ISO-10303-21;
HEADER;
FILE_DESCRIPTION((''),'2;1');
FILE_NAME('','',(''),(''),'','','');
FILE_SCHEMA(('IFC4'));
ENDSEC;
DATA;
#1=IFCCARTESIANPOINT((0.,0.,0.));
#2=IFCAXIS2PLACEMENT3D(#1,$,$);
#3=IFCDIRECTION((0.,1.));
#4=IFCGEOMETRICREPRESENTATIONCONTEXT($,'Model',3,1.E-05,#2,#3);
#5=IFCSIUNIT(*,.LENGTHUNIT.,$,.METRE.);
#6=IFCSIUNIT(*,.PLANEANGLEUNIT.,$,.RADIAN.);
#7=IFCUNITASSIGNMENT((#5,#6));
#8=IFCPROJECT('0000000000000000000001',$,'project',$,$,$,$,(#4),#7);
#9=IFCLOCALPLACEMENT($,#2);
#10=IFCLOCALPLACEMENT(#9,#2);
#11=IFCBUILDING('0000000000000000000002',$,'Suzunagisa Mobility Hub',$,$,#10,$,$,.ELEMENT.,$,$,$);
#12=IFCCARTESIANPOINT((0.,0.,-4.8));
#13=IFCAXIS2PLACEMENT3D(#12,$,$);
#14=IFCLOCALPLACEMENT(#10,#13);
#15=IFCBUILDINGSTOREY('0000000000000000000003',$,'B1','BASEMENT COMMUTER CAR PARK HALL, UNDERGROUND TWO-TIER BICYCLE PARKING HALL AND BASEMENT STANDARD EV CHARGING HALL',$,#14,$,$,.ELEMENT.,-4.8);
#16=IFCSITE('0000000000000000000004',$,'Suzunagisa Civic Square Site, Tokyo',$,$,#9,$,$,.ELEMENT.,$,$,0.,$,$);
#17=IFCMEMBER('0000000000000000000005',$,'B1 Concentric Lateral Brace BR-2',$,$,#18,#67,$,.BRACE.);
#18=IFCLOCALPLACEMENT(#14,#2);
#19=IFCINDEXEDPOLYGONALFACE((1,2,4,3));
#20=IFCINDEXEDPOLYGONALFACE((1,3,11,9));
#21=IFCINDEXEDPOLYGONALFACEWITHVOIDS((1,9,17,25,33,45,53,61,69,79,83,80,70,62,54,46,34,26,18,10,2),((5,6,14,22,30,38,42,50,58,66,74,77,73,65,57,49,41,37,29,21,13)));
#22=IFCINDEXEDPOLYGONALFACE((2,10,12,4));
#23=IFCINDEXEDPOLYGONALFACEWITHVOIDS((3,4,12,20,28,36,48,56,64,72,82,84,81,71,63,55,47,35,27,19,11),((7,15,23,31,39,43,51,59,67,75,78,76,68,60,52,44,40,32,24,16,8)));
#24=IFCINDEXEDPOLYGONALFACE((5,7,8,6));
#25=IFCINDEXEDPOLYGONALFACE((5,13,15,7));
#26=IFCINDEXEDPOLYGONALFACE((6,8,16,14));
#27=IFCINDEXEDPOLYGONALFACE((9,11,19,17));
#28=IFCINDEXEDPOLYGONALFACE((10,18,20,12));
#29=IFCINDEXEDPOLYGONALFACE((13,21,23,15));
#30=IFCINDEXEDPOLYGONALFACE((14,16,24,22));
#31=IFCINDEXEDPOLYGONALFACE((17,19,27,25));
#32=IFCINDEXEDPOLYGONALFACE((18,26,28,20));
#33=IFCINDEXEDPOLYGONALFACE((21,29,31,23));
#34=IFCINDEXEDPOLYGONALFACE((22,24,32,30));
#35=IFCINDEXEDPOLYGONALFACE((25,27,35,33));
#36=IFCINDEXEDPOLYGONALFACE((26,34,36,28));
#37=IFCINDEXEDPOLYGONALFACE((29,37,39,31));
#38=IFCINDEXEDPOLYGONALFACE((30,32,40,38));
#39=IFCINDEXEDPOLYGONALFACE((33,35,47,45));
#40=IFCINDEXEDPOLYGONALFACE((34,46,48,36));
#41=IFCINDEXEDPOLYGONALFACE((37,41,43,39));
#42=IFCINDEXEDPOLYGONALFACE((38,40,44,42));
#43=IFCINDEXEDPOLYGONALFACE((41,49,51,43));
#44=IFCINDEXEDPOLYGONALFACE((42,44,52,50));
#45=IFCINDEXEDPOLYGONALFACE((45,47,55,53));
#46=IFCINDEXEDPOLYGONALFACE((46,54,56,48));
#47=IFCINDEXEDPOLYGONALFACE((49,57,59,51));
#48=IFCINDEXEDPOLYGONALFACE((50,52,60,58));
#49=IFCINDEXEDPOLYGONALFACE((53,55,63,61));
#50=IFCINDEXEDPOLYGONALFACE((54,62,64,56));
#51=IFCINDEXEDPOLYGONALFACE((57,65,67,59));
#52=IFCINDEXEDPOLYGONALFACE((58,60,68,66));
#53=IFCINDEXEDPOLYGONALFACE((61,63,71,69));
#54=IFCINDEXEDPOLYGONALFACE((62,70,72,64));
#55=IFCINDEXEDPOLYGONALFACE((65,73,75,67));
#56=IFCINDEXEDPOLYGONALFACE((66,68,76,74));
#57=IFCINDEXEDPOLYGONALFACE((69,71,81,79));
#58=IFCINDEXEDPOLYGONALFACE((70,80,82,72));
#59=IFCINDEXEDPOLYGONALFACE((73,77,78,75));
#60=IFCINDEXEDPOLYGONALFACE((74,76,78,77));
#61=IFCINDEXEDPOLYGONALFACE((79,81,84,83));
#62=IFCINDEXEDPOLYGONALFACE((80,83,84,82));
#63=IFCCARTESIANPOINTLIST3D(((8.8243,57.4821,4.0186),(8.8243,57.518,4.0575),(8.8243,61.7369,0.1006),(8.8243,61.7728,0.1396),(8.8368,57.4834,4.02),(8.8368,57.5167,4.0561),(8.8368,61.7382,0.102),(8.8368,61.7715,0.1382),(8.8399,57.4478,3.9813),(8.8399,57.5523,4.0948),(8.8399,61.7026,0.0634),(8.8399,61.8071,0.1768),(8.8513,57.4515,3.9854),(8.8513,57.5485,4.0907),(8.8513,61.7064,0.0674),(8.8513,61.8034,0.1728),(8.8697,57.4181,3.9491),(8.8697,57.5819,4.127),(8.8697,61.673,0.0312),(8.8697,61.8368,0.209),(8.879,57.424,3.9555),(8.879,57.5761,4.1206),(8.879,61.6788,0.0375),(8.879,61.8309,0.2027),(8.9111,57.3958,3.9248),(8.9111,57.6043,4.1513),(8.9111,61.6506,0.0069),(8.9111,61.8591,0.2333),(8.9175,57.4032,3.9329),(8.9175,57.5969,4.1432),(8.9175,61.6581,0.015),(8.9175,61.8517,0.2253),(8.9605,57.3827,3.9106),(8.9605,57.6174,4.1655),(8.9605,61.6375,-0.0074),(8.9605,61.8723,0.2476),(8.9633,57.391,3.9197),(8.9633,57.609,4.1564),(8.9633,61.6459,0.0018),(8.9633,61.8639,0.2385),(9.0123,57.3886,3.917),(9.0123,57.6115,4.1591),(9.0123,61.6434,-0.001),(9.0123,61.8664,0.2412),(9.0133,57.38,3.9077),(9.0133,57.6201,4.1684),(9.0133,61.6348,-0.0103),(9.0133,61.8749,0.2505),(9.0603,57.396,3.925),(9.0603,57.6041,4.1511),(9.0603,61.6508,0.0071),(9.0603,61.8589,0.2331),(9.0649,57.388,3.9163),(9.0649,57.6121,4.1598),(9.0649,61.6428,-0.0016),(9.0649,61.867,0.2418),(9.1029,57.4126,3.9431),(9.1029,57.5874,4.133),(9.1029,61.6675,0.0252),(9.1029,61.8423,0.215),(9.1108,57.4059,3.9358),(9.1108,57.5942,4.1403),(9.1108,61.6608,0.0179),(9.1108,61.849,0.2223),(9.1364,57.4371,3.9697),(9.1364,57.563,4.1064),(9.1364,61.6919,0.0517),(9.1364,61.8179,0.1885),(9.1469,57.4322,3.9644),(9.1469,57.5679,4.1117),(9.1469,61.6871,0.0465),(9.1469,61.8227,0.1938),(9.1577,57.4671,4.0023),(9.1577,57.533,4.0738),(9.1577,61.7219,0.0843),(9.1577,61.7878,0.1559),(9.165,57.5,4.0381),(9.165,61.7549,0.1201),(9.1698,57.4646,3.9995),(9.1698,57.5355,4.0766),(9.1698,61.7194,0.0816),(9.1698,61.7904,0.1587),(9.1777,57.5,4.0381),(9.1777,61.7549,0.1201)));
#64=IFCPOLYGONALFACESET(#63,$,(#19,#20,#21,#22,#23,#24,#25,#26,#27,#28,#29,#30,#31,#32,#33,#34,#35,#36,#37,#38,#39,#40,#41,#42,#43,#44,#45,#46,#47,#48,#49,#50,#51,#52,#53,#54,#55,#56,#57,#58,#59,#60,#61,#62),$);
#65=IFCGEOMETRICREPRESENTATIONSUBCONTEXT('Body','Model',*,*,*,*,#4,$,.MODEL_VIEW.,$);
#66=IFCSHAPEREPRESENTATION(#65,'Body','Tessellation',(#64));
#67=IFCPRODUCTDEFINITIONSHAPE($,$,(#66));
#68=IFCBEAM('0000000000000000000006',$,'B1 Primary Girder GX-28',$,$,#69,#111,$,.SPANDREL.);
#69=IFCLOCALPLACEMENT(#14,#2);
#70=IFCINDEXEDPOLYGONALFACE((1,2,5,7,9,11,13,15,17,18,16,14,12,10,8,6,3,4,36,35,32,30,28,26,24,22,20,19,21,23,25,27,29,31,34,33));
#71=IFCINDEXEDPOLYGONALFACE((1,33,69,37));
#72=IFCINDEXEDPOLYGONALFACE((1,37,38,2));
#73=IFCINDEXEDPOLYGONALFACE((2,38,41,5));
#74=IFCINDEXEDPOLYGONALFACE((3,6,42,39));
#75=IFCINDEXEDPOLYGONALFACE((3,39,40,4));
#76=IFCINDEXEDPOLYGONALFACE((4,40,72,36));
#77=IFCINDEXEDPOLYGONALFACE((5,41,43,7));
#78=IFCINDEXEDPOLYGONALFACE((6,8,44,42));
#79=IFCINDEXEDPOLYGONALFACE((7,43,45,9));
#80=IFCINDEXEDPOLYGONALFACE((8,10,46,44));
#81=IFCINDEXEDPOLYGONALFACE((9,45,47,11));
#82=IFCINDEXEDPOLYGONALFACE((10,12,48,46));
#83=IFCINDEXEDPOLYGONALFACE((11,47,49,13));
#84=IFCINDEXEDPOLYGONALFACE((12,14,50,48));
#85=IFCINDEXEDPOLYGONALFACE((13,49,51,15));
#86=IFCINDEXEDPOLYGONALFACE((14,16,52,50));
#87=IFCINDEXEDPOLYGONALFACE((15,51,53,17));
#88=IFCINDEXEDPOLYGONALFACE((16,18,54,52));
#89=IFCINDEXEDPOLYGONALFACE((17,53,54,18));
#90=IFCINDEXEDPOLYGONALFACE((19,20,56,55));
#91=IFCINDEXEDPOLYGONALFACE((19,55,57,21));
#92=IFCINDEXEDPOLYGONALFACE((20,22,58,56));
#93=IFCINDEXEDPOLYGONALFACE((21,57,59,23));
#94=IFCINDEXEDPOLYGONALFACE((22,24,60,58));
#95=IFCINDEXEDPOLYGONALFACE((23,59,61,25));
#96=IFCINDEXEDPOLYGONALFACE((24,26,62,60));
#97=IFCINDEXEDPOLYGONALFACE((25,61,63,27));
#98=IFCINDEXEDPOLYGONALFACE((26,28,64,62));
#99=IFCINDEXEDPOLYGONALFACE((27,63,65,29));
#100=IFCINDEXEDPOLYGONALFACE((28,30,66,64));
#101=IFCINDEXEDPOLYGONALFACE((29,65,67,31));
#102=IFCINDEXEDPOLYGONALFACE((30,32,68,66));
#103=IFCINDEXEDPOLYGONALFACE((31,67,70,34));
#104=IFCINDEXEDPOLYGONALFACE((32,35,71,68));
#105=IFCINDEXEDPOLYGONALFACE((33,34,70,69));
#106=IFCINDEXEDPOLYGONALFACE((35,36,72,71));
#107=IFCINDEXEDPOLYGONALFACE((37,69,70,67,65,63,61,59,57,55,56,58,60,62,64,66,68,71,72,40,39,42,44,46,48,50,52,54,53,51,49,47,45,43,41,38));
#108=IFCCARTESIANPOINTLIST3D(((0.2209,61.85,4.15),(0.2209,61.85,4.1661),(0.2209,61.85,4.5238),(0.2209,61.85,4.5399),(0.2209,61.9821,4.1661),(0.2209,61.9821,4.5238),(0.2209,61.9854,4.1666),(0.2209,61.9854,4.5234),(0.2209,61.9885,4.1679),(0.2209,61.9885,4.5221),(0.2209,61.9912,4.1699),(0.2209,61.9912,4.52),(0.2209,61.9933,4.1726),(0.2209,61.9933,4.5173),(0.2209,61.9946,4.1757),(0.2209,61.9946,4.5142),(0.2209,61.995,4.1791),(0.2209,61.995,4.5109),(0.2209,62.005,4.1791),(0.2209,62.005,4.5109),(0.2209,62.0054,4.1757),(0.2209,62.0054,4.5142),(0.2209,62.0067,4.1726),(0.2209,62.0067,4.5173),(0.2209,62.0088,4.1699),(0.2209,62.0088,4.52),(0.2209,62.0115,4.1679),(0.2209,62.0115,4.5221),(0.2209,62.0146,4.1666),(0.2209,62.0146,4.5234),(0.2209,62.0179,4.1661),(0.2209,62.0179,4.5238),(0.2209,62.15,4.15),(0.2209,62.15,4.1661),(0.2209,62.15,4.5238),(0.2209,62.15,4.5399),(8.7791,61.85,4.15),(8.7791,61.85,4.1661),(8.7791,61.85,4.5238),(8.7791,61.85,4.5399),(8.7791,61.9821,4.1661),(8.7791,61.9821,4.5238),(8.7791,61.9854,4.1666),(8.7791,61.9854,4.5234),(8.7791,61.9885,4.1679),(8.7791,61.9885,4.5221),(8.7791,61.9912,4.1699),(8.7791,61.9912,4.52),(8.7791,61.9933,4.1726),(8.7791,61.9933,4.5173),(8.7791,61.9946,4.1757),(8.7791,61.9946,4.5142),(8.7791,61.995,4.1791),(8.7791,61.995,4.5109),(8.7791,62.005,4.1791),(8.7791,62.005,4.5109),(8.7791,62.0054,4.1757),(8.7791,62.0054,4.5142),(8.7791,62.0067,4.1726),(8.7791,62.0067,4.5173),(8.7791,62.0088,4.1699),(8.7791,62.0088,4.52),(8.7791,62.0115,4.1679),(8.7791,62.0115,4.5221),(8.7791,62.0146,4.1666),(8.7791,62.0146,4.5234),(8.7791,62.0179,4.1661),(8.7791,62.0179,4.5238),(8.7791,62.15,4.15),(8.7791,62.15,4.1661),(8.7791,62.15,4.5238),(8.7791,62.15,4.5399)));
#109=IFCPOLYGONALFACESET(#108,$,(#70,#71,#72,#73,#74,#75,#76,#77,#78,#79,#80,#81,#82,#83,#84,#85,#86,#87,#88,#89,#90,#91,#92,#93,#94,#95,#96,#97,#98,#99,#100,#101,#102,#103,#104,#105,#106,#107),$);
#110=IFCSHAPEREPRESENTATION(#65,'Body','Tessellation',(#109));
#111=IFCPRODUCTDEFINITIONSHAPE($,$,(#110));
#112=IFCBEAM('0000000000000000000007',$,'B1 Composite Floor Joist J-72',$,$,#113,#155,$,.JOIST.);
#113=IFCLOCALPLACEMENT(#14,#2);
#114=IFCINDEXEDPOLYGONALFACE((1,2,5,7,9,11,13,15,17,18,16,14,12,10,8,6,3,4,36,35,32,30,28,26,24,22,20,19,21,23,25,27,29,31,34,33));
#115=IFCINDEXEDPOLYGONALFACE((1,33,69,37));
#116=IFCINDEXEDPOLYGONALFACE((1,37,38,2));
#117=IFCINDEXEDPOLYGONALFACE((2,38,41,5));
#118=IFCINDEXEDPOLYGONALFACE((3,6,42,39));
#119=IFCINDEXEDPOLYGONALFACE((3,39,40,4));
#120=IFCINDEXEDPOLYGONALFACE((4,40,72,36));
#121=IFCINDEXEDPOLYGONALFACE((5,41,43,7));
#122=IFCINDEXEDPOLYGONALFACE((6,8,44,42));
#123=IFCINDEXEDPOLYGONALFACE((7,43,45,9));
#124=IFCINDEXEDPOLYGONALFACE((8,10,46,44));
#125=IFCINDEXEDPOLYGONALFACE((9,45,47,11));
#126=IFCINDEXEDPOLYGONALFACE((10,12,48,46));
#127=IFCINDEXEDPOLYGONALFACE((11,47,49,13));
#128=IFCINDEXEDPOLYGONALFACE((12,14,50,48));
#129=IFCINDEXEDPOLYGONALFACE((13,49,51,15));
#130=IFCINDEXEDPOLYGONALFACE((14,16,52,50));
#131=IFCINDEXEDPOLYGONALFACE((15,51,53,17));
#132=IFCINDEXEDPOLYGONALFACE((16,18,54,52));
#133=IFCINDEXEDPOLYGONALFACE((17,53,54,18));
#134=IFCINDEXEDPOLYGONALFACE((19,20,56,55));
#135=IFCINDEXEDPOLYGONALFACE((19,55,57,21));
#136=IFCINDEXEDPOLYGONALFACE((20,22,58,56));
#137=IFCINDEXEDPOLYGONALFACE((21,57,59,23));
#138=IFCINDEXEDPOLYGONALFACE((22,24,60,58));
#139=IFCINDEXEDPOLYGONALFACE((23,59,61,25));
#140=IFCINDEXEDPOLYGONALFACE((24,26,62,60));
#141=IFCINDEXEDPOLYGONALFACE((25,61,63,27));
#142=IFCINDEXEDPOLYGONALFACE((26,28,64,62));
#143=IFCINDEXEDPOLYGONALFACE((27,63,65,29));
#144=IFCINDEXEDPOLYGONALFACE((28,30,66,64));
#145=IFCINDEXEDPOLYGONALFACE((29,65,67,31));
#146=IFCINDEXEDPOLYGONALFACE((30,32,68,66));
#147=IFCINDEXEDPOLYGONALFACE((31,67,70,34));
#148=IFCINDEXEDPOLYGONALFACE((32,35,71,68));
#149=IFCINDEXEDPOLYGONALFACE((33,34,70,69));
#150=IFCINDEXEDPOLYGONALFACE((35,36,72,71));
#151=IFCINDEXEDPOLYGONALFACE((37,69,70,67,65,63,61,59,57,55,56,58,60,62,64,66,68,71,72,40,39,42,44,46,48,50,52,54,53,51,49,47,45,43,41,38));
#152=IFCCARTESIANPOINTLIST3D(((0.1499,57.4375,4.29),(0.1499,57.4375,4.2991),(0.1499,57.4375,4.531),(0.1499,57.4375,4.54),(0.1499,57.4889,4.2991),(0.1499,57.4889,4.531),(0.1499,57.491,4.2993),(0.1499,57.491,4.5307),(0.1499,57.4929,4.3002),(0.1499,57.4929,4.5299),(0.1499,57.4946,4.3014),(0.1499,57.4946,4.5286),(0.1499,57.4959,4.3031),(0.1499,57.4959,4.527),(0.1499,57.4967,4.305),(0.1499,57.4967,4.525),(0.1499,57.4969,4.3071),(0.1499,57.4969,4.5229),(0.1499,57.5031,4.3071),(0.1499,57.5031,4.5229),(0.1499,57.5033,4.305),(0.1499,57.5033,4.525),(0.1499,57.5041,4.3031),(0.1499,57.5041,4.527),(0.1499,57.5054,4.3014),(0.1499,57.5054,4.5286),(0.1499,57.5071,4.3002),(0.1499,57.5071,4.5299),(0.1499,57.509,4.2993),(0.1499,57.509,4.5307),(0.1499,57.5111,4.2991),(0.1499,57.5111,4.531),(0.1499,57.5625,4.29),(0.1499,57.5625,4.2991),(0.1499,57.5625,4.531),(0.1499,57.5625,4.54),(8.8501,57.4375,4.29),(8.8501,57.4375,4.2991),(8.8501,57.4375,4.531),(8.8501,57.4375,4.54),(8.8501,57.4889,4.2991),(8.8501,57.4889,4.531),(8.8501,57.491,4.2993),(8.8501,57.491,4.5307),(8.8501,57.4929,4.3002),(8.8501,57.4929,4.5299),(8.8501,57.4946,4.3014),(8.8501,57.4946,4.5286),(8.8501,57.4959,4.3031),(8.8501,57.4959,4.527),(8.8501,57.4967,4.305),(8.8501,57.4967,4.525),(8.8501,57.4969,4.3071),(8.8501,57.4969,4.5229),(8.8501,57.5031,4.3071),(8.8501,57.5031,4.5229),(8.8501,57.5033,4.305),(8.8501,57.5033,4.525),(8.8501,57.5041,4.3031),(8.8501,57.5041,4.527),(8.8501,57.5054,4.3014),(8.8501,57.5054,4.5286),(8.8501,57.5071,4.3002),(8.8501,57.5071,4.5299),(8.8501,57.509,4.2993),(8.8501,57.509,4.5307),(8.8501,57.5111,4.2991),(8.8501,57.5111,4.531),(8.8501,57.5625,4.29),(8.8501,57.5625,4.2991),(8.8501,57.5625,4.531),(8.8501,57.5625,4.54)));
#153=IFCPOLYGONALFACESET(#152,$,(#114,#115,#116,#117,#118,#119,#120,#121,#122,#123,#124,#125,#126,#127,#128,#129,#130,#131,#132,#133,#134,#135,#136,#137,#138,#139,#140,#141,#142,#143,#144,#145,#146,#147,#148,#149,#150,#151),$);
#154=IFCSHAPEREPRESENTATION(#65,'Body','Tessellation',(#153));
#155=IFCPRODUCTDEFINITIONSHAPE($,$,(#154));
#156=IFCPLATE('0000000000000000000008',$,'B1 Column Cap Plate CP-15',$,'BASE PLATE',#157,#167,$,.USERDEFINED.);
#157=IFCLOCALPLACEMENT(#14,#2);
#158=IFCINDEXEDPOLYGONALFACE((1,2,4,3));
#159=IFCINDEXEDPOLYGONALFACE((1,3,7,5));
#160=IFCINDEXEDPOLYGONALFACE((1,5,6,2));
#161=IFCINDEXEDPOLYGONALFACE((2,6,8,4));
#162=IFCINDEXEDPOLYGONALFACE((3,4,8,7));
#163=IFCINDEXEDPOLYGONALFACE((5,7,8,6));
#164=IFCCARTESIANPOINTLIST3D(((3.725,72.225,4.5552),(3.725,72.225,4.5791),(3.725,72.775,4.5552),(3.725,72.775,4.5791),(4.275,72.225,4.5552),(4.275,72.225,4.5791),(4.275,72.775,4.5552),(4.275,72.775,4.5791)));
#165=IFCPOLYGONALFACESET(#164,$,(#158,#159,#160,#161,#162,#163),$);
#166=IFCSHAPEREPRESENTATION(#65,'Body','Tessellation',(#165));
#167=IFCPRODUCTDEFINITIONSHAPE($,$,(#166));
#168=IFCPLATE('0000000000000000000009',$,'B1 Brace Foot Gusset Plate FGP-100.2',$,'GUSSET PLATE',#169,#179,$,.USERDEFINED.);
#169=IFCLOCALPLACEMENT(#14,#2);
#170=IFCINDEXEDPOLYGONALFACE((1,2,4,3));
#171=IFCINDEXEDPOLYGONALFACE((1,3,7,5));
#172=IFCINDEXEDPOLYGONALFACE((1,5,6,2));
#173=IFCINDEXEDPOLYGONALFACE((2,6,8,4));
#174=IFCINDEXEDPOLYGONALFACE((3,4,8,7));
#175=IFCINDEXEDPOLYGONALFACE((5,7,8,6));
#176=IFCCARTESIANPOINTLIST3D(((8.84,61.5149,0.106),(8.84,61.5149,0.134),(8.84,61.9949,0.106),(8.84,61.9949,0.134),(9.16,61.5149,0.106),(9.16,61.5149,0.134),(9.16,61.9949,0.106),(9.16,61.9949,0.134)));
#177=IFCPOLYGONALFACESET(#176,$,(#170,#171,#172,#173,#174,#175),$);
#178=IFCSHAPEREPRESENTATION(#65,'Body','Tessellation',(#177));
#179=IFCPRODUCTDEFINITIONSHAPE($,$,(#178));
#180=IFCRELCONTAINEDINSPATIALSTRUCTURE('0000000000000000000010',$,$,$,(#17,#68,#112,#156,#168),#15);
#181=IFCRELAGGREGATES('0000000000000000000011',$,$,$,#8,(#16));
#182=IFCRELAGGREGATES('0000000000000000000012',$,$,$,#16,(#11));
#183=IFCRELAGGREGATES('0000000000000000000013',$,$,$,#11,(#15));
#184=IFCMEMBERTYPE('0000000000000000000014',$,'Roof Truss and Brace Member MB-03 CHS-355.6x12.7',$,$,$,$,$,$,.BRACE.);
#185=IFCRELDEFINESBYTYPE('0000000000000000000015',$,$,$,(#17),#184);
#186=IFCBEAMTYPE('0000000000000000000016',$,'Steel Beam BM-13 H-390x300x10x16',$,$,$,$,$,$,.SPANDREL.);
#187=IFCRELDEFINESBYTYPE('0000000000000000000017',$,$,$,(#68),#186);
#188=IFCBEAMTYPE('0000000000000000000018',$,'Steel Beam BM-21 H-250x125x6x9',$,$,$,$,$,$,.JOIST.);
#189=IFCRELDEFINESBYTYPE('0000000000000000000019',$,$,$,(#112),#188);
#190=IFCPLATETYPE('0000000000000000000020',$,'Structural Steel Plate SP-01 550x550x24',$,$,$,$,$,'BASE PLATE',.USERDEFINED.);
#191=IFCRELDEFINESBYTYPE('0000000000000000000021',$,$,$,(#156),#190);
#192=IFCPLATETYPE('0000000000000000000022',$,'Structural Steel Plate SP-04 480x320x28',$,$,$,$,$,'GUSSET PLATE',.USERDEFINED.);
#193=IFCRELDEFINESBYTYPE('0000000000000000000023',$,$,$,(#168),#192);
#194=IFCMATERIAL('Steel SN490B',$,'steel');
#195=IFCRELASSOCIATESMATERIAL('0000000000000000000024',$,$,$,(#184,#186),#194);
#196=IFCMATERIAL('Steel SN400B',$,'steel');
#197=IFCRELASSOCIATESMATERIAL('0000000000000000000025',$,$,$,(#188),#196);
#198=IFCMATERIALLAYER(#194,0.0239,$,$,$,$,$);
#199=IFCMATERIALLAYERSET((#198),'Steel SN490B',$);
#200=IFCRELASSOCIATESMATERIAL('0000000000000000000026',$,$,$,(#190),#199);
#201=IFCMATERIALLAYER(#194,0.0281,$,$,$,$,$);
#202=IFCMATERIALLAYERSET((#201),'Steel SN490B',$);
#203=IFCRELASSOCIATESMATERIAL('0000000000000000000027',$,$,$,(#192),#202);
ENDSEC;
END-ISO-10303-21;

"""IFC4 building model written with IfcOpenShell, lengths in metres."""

from ifc_helpers import new_model, si_unit, direction, frame, origin, origin_2d, place, context, subcontext, project, spatial, rectangle, hollow_circle, i_section, extrude, material, layer, layer_set, material_profile, profile_set, type_object, element, save


model = new_model("IFC4")

# Units and contexts
model_context = context("Model", 3, precision=1e-05, world=origin(), true_north=direction((0.0, 1.0)))
body_context = subcontext(model_context, "Body", "Model", "MODEL_VIEW")
ifc_project = project(units=[si_unit("LENGTHUNIT", "METRE"), si_unit("PLANEANGLEUNIT", "RADIAN")], contexts=[model_context])

# Site, building, storey
site_placement = place(None, origin())
site = spatial("IfcSite", under=ifc_project, at=site_placement, Name="Suzunagisa Civic Square Site, Tokyo", CompositionType="ELEMENT", RefElevation=0.0)
building_placement = place(site_placement, origin())
building = spatial("IfcBuilding", under=site, at=building_placement, Name="Suzunagisa Mobility Hub", CompositionType="ELEMENT")
storey_placement = place(building_placement, frame((0.0, 0.0, -4.8)))
storey = spatial("IfcBuildingStorey", under=building, at=storey_placement, Name="B1", Description="BASEMENT COMMUTER CAR PARK HALL, UNDERGROUND TWO-TIER BICYCLE PARKING HALL AND BASEMENT STANDARD EV CHARGING HALL", CompositionType="ELEMENT", Elevation=-4.8)

# Shared definitions
ifc_material_1 = material(Name="Steel SN490B", Category="steel")

# Member
ifc_material_profile_1 = material_profile(ifc_material_1, hollow_circle(Radius=0.1777, WallThickness=0.0127, at=origin_2d()), Name="CHS-355.6x12.7")
ifc_profile_set_1 = profile_set([ifc_material_profile_1], Name="Steel SN490B")
member_type = type_object("IfcMemberType", Name="Roof Truss and Brace Member MB-03 CHS-355.6x12.7", PredefinedType="BRACE", material=ifc_profile_set_1)
member_placement = place(storey_placement, frame((9.0, 61.7549, 0.1201), z_axis=(0.0, -0.735631, 0.677382), x_axis=(1.0, 0.0, 0.0)))
element("IfcMember", 1, at=member_placement, inside=storey, type_object=member_type, Name="B1 Concentric Lateral Brace BR-2", PredefinedType="BRACE", context=body_context, shape_type="SweptSolid", body=[
    extrude(hollow_circle(Radius=0.1777, WallThickness=0.0127, at=origin_2d()), origin(), (0.0, 0.0, 1.0), 5.7839),
])

# Beams
ifc_material_profile_2 = material_profile(ifc_material_1, i_section(OverallWidth=0.3, OverallDepth=0.3899, WebThickness=0.01, FlangeThickness=0.0161, FilletRadius=0.0129, at=origin_2d()), Name="H-390x300x10x16")
ifc_profile_set_2 = profile_set([ifc_material_profile_2], Name="Steel SN490B")
beam_type_1 = type_object("IfcBeamType", Name="Steel Beam BM-13 H-390x300x10x16", PredefinedType="SPANDREL", material=ifc_profile_set_2)
beam_1_placement = place(storey_placement, frame((0.2209, 62.0, 4.345), z_axis=(1.0, 0.0, 0.0), x_axis=(0.0, 1.0, 0.0)))
element("IfcBeam", 2, at=beam_1_placement, inside=storey, type_object=beam_type_1, Name="B1 Primary Girder GX-28", PredefinedType="SPANDREL", context=body_context, shape_type="SweptSolid", body=[
    extrude(i_section(OverallWidth=0.3, OverallDepth=0.3899, WebThickness=0.01, FlangeThickness=0.0161, FilletRadius=0.0129, at=origin_2d()), origin(), (0.0, 0.0, 1.0), 8.5581),
])
ifc_material_2 = material(Name="Steel SN400B", Category="steel")
ifc_material_profile_3 = material_profile(ifc_material_2, i_section(OverallWidth=0.125, OverallDepth=0.25, WebThickness=0.0061, FlangeThickness=0.009, FilletRadius=0.0081, at=origin_2d()), Name="H-250x125x6x9")
ifc_profile_set_3 = profile_set([ifc_material_profile_3], Name="Steel SN400B")
beam_type_2 = type_object("IfcBeamType", Name="Steel Beam BM-21 H-250x125x6x9", PredefinedType="JOIST", material=ifc_profile_set_3)
beam_2_placement = place(storey_placement, frame((0.1499, 57.5, 4.415), z_axis=(1.0, 0.0, 0.0), x_axis=(0.0, 1.0, 0.0)))
element("IfcBeam", 3, at=beam_2_placement, inside=storey, type_object=beam_type_2, Name="B1 Composite Floor Joist J-72", PredefinedType="JOIST", context=body_context, shape_type="SweptSolid", body=[
    extrude(i_section(OverallWidth=0.125, OverallDepth=0.25, WebThickness=0.0061, FlangeThickness=0.009, FilletRadius=0.0081, at=origin_2d()), origin(), (0.0, 0.0, 1.0), 8.7002),
])

# Plates
ifc_layer_1 = layer(ifc_material_1, 0.0239)
ifc_layer_set_1 = layer_set([ifc_layer_1], Name="Steel SN490B")
plate_type_1 = type_object("IfcPlateType", Name="Structural Steel Plate SP-01 550x550x24", ElementType="BASE PLATE", PredefinedType="USERDEFINED", material=ifc_layer_set_1)
plate_1_placement = place(storey_placement, frame((4.0, 72.5, 4.5552), z_axis=(0.0, 0.0, 1.0), x_axis=(1.0, 0.0, 0.0)))
element("IfcPlate", 4, at=plate_1_placement, inside=storey, type_object=plate_type_1, Name="B1 Column Cap Plate CP-15", ObjectType="BASE PLATE", PredefinedType="USERDEFINED", context=body_context, shape_type="SweptSolid", body=[
    extrude(rectangle(XDim=0.55, YDim=0.55, at=origin_2d()), origin(), (0.0, 0.0, 1.0), 0.0239),
])
ifc_layer_2 = layer(ifc_material_1, 0.0281)
ifc_layer_set_2 = layer_set([ifc_layer_2], Name="Steel SN490B")
plate_type_2 = type_object("IfcPlateType", Name="Structural Steel Plate SP-04 480x320x28", ElementType="GUSSET PLATE", PredefinedType="USERDEFINED", material=ifc_layer_set_2)
plate_2_placement = place(storey_placement, frame((9.0, 61.7549, 0.106), z_axis=(0.0, 0.0, 1.0), x_axis=(1.0, 0.0, 0.0)))
element("IfcPlate", 5, at=plate_2_placement, inside=storey, type_object=plate_type_2, Name="B1 Brace Foot Gusset Plate FGP-100.2", ObjectType="GUSSET PLATE", PredefinedType="USERDEFINED", context=body_context, shape_type="SweptSolid", body=[
    extrude(rectangle(XDim=0.3201, YDim=0.48, at=origin_2d()), origin(), (0.0, 0.0, 1.0), 0.0281),
])

save(model, "model.ifc")
